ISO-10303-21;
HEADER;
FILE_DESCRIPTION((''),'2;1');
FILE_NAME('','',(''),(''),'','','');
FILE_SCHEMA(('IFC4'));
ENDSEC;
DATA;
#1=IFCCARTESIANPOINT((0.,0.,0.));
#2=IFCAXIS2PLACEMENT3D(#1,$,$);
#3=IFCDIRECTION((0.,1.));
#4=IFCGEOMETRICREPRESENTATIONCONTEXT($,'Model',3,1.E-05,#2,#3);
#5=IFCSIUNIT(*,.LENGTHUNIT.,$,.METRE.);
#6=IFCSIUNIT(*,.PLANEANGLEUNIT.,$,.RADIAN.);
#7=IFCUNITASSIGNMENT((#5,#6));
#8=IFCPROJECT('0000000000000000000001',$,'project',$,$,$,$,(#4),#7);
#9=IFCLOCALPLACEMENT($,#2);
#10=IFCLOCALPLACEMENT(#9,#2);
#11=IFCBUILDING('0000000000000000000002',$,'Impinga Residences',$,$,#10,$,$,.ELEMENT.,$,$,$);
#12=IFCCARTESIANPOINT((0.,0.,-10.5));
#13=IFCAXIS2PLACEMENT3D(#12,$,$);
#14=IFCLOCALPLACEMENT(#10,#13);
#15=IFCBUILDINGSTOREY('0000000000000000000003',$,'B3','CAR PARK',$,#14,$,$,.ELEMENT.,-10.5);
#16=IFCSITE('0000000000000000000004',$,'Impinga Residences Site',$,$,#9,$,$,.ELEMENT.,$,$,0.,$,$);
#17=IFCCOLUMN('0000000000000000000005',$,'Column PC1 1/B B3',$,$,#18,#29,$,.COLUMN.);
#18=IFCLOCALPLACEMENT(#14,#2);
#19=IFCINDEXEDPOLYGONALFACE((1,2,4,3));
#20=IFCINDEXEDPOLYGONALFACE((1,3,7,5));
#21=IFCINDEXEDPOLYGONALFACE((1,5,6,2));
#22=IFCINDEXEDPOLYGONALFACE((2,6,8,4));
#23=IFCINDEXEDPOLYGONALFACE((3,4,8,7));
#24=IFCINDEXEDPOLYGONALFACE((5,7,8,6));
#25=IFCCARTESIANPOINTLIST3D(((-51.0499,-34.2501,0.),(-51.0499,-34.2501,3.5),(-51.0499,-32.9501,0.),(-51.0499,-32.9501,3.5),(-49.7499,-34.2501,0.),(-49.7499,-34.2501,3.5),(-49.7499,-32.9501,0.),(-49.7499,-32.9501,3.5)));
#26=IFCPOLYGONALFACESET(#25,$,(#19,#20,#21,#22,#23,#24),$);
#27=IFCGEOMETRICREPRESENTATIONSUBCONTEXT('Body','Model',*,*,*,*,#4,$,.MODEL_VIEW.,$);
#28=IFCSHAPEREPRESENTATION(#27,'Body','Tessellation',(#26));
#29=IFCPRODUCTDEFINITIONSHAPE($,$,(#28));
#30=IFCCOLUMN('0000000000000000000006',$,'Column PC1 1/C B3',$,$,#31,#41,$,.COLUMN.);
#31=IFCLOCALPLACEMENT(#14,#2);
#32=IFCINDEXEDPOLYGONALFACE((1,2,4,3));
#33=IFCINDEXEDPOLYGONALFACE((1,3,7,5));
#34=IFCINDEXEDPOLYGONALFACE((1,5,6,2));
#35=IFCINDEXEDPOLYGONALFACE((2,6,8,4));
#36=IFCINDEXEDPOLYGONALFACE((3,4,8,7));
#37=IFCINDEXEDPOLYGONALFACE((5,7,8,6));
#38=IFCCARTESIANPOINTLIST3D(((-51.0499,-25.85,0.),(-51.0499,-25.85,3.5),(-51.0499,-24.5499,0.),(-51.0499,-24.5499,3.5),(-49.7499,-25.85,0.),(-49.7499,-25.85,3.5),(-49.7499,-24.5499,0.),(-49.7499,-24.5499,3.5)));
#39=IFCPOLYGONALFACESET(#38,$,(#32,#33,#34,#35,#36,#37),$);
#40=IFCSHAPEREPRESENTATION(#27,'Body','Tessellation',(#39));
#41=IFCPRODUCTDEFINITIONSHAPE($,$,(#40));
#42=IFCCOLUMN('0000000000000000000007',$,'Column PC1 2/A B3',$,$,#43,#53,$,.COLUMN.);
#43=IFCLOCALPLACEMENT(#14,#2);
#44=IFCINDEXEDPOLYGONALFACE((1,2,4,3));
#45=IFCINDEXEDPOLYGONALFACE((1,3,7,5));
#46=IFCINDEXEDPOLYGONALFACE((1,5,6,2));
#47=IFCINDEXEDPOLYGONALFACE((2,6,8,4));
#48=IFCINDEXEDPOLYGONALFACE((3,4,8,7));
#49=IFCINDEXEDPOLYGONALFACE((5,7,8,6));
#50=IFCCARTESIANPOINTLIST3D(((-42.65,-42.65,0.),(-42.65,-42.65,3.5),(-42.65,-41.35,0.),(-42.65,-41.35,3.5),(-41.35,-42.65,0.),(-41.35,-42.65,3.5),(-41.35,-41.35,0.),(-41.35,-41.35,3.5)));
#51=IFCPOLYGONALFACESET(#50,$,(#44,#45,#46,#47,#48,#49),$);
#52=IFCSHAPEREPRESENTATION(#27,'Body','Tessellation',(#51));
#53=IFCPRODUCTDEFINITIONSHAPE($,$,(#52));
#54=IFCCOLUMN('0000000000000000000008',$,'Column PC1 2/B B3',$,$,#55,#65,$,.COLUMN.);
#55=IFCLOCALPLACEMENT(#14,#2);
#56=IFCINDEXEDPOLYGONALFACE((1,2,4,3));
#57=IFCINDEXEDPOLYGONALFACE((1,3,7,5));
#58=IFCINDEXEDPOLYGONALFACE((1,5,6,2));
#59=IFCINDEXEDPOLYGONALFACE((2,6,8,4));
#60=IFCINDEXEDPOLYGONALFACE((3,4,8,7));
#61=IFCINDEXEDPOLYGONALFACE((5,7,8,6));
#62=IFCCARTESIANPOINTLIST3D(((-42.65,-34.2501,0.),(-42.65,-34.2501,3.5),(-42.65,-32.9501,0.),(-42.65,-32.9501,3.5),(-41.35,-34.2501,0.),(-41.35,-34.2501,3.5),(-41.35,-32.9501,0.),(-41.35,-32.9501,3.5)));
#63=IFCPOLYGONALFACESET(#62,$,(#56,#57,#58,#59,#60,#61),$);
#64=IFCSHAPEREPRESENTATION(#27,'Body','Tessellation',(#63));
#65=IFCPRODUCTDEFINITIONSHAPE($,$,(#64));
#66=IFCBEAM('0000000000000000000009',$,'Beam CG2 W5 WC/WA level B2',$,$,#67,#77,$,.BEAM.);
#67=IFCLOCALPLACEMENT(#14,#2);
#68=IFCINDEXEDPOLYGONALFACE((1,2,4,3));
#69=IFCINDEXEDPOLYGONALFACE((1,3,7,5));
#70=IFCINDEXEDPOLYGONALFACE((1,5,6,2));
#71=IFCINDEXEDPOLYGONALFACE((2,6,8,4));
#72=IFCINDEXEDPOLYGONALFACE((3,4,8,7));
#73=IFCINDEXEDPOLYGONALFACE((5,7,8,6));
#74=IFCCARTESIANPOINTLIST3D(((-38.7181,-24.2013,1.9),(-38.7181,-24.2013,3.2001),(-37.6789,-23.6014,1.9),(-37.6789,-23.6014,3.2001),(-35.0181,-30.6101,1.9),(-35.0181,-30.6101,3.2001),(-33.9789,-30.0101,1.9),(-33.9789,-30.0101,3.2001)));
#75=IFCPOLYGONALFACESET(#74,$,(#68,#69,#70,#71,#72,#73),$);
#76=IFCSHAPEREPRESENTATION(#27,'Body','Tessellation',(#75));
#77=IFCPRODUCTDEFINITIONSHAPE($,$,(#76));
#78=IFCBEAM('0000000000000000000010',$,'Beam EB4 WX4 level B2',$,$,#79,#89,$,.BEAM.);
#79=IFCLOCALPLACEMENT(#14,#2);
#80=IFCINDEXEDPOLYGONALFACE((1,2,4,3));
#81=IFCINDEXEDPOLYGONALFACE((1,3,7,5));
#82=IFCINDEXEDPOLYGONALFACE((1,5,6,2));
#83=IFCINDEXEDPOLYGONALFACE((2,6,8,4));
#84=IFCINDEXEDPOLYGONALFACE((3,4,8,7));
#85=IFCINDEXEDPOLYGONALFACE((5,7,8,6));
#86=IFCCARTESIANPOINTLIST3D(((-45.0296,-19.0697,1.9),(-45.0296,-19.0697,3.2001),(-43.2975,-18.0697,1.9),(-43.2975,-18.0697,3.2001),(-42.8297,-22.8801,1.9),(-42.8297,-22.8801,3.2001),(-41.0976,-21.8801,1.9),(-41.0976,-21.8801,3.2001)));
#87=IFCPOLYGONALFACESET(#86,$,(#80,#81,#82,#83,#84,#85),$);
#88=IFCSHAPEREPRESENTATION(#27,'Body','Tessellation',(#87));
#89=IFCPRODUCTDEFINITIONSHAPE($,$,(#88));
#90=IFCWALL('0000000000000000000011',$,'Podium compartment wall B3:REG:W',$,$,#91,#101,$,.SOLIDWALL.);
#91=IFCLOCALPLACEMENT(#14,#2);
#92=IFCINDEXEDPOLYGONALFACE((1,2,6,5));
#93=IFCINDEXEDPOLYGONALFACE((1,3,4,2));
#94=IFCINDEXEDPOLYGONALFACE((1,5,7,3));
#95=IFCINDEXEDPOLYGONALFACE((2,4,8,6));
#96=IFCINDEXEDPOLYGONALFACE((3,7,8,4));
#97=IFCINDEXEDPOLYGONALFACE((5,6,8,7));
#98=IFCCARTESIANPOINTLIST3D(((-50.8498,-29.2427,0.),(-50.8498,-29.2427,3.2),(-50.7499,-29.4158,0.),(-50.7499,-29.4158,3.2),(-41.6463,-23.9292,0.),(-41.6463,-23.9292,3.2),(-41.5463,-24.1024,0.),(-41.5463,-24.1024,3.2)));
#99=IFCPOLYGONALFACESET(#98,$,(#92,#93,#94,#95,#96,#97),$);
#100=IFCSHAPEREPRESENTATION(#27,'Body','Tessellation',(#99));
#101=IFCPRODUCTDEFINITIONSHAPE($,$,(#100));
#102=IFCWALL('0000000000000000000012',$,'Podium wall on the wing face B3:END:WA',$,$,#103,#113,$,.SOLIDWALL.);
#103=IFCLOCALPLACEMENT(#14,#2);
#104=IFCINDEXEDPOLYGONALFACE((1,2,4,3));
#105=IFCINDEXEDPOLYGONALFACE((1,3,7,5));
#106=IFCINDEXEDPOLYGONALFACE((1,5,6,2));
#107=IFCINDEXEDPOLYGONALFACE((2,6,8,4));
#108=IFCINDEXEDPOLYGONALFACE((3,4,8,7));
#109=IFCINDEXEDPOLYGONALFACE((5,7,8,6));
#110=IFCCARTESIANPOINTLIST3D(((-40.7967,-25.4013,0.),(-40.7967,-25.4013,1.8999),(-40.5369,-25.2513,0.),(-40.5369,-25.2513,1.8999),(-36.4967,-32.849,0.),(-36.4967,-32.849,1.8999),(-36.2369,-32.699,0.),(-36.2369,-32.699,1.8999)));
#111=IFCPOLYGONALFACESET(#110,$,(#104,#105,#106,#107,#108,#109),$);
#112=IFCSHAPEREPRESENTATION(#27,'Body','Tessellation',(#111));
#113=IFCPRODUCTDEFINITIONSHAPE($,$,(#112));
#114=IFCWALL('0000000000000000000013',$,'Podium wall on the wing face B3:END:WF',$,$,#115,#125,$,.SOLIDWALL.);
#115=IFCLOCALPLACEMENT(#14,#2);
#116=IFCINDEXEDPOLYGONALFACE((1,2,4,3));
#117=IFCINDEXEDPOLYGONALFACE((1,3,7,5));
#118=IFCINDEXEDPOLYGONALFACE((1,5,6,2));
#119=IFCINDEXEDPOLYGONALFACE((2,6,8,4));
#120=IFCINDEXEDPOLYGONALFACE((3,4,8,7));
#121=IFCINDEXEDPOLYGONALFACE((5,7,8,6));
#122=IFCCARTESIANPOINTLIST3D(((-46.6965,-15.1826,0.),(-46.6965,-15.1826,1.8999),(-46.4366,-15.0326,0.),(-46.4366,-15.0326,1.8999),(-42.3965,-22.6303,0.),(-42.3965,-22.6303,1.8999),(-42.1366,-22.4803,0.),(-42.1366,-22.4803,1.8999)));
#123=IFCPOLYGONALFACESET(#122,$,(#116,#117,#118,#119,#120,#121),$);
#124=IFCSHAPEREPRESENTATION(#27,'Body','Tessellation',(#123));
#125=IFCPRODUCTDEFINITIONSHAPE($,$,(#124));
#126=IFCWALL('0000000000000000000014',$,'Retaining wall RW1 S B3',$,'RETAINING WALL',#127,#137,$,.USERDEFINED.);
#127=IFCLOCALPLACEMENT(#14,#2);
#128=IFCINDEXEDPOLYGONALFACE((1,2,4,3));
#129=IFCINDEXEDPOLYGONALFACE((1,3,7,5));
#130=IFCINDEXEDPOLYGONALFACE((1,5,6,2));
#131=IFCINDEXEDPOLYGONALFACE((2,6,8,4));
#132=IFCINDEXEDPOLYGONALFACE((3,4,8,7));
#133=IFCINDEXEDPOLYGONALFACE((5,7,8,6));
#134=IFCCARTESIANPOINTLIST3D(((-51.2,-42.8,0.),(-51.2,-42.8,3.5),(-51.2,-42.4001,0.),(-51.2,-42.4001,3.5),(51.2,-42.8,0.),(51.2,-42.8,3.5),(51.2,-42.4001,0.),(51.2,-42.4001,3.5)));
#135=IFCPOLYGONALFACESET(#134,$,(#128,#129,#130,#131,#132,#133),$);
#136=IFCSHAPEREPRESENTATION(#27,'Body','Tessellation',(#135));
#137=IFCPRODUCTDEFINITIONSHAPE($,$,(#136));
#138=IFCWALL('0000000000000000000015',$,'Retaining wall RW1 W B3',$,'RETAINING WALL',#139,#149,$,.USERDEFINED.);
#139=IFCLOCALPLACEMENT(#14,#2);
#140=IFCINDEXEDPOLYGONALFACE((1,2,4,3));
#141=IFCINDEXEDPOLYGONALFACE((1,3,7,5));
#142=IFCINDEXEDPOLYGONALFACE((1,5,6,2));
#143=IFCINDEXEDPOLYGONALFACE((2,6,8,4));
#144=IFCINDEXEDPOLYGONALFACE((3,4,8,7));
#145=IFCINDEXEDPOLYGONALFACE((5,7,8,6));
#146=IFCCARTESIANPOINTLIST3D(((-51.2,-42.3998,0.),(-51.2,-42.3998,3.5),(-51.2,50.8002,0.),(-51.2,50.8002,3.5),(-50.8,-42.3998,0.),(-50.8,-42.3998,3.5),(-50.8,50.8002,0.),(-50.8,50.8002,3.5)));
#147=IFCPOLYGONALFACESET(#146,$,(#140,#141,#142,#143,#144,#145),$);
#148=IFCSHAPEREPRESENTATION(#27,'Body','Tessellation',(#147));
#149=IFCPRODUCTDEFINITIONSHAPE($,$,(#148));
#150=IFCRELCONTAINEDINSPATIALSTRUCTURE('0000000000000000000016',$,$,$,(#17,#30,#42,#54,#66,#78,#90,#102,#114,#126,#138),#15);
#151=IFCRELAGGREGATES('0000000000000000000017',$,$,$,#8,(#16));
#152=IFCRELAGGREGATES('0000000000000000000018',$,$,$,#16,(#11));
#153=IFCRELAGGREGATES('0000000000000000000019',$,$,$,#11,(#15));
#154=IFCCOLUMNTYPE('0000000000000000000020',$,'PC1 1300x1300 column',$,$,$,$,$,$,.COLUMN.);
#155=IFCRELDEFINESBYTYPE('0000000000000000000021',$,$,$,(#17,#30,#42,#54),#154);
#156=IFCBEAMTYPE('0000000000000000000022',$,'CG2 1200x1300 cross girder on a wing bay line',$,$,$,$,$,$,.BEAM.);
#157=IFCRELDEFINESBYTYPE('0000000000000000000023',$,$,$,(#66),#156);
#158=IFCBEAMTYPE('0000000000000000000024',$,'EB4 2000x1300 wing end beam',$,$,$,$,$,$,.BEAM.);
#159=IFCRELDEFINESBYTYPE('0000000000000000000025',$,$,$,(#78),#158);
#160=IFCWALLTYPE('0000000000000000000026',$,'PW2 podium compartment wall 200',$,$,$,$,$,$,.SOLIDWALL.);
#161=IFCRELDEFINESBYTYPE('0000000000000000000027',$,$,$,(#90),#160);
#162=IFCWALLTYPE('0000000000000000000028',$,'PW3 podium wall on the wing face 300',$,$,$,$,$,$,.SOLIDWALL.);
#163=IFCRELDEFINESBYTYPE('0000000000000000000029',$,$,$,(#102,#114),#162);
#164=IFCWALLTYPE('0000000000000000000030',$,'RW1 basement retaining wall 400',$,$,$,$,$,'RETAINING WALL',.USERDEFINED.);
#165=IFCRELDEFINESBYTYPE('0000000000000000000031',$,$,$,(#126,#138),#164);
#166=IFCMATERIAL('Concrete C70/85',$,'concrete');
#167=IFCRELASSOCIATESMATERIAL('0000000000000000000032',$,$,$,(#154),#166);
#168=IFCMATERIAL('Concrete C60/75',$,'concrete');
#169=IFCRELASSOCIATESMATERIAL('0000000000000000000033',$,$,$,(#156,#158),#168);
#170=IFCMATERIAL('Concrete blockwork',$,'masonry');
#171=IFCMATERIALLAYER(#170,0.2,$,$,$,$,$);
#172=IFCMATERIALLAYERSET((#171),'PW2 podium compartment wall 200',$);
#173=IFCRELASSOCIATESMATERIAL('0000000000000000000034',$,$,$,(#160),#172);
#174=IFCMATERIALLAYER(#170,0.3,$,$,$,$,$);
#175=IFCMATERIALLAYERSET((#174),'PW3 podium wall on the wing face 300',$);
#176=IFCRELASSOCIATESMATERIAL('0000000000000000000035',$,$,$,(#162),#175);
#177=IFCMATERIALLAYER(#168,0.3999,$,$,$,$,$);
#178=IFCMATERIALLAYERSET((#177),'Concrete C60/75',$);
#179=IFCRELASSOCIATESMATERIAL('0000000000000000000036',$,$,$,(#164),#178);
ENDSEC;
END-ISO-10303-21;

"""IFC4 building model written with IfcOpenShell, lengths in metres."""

from ifc_helpers import new_model, si_unit, direction, frame, frame_2d, origin, origin_2d, place, context, subcontext, project, spatial, rectangle, extrude, material, layer, layer_set, material_profile, profile_set, type_object, element, save


model = new_model("IFC4")

# Units and contexts
model_context = context("Model", 3, precision=1e-05, world=origin(), true_north=direction((0.0, 1.0)))
body_context = subcontext(model_context, "Body", "Model", "MODEL_VIEW")
ifc_project = project(units=[si_unit("LENGTHUNIT", "METRE"), si_unit("PLANEANGLEUNIT", "RADIAN")], contexts=[model_context])

# Site, building, storey
site_placement = place(None, origin())
site = spatial("IfcSite", under=ifc_project, at=site_placement, Name="Impinga Residences Site", CompositionType="ELEMENT", RefElevation=0.0)
building_placement = place(site_placement, origin())
building = spatial("IfcBuilding", under=site, at=building_placement, Name="Impinga Residences", CompositionType="ELEMENT")
storey_placement = place(building_placement, frame((0.0, 0.0, -10.5)))
storey = spatial("IfcBuildingStorey", under=building, at=storey_placement, Name="B3", Description="CAR PARK", CompositionType="ELEMENT", Elevation=-10.5)

# Columns
ifc_material_1 = material(Name="Concrete C70/85", Category="concrete")
ifc_material_profile_1 = material_profile(ifc_material_1, rectangle(XDim=1.3, YDim=1.3, at=origin_2d()), Name="RC 1300x1300")
ifc_profile_set_1 = profile_set([ifc_material_profile_1], Name="Concrete C70/85")
column_type = type_object("IfcColumnType", Name="PC1 1300x1300 column", PredefinedType="COLUMN", material=ifc_profile_set_1)
for number, where, z_axis, x_axis, name in (
    (1, (-50.3999, -33.6001, 0.0), (0.0, 0.0, 1.0), (1.0, 0.0, 0.0), "Column PC1 1/B B3"),
    (2, (-50.3999, -25.2, 0.0), (0.0, 0.0, 1.0), (1.0, 0.0, 0.0), "Column PC1 1/C B3"),
    (3, (-42.0, -42.0, 0.0), (0.0, 0.0, 1.0), (1.0, 0.0, 0.0), "Column PC1 2/A B3"),
    (4, (-42.0, -33.6001, 0.0), (0.0, 0.0, 1.0), (1.0, 0.0, 0.0), "Column PC1 2/B B3"),
):
    element("IfcColumn", number, at=place(storey_placement, frame(where, z_axis=z_axis, x_axis=x_axis)), inside=storey, type_object=column_type, Name=name, PredefinedType="COLUMN", context=body_context, shape_type="SweptSolid", body=[
        extrude(rectangle(XDim=1.3, YDim=1.3, at=origin_2d()), origin(), (0.0, 0.0, 1.0), 3.5),
    ])

# Beams
ifc_material_2 = material(Name="Concrete C60/75", Category="concrete")
ifc_material_profile_2 = material_profile(ifc_material_2, rectangle(XDim=1.2, YDim=1.3, at=origin_2d()), Name="RC 1200x1300")
ifc_profile_set_2 = profile_set([ifc_material_profile_2], Name="Concrete C60/75")
beam_type_1 = type_object("IfcBeamType", Name="CG2 1200x1300 cross girder on a wing bay line", PredefinedType="BEAM", material=ifc_profile_set_2)
beam_1_placement = place(storey_placement, frame((-38.1985, -23.9014, 2.55), z_axis=(0.499989, -0.866032, 0.0), x_axis=(0.866032, 0.499989, 0.0)))
element("IfcBeam", 5, at=beam_1_placement, inside=storey, type_object=beam_type_1, Name="Beam CG2 W5 WC/WA level B2", PredefinedType="BEAM", context=body_context, shape_type="SweptSolid", body=[
    extrude(rectangle(XDim=1.2, YDim=1.3, at=origin_2d()), origin(), (0.0, 0.0, 1.0), 7.4001),
])
ifc_material_profile_3 = material_profile(ifc_material_2, rectangle(XDim=2.0, YDim=1.3, at=origin_2d()), Name="RC 2000x1300")
ifc_profile_set_3 = profile_set([ifc_material_profile_3], Name="Concrete C60/75")
beam_type_2 = type_object("IfcBeamType", Name="EB4 2000x1300 wing end beam", PredefinedType="BEAM", material=ifc_profile_set_3)
beam_2_placement = place(storey_placement, frame((-41.9636, -22.3801, 2.55), z_axis=(-0.499988, 0.866032, 0.0), x_axis=(-0.866032, -0.499988, 0.0)))
element("IfcBeam", 6, at=beam_2_placement, inside=storey, type_object=beam_type_2, Name="Beam EB4 WX4 level B2", PredefinedType="BEAM", context=body_context, shape_type="SweptSolid", body=[
    extrude(rectangle(XDim=2.0, YDim=1.3, at=origin_2d()), origin(), (0.0, 0.0, 1.0), 4.3999),
])

# Walls
ifc_material_3 = material(Name="Concrete blockwork", Category="masonry")
ifc_layer_1 = layer(ifc_material_3, 0.2)
ifc_layer_set_1 = layer_set([ifc_layer_1], Name="PW2 podium compartment wall 200")
wall_type_1 = type_object("IfcWallType", Name="PW2 podium compartment wall 200", PredefinedType="SOLIDWALL", material=ifc_layer_set_1)
wall_1_placement = place(storey_placement, frame((-41.5964, -24.0159, 0.0), z_axis=(0.0, 0.0, 1.0), x_axis=(-0.866035, -0.499984, 0.0)))
element("IfcWall", 7, at=wall_1_placement, inside=storey, type_object=wall_type_1, Name="Podium compartment wall B3:REG:W", PredefinedType="SOLIDWALL", context=body_context, shape_type="SweptSolid", body=[
    extrude(rectangle(XDim=10.6272, YDim=0.2, at=frame_2d((5.3135, 0.0))), origin(), (0.0, 0.0, 1.0), 3.2),
])
ifc_layer_2 = layer(ifc_material_3, 0.3)
ifc_layer_set_2 = layer_set([ifc_layer_2], Name="PW3 podium wall on the wing face 300")
wall_type_2 = type_object("IfcWallType", Name="PW3 podium wall on the wing face 300", PredefinedType="SOLIDWALL", material=ifc_layer_set_2)
for number, where, z_axis, x_axis, name in (
    (8, (-40.6667, -25.3264, 0.0), (0.0, 0.0, 1.0), (0.500008, -0.866021, 0.0), "Podium wall on the wing face B3:END:WA"),
    (9, (-42.2666, -22.5552, 0.0), (0.0, 0.0, 1.0), (-0.500008, 0.866021, 0.0), "Podium wall on the wing face B3:END:WF"),
):
    element("IfcWall", number, at=place(storey_placement, frame(where, z_axis=z_axis, x_axis=x_axis)), inside=storey, type_object=wall_type_2, Name=name, PredefinedType="SOLIDWALL", context=body_context, shape_type="SweptSolid", body=[
        extrude(rectangle(XDim=8.5999, YDim=0.3, at=frame_2d((4.2998, 0.0))), origin(), (0.0, 0.0, 1.0), 1.8999),
    ])
ifc_layer_3 = layer(ifc_material_2, 0.3999)
ifc_layer_set_3 = layer_set([ifc_layer_3], Name="Concrete C60/75")
wall_type_3 = type_object("IfcWallType", Name="RW1 basement retaining wall 400", ElementType="RETAINING WALL", PredefinedType="USERDEFINED", material=ifc_layer_set_3)
wall_2_placement = place(storey_placement, frame((-51.2, -42.6001, 0.0), z_axis=(0.0, 0.0, 1.0), x_axis=(1.0, 0.0, 0.0)))
element("IfcWall", 10, at=wall_2_placement, inside=storey, type_object=wall_type_3, Name="Retaining wall RW1 S B3", ObjectType="RETAINING WALL", PredefinedType="USERDEFINED", context=body_context, shape_type="SweptSolid", body=[
    extrude(rectangle(XDim=102.3999, YDim=0.3999, at=frame_2d((51.2, 0.0))), origin(), (0.0, 0.0, 1.0), 3.5),
])
wall_3_placement = place(storey_placement, frame((-51.0, -42.3999, 0.0), z_axis=(0.0, 0.0, 1.0), x_axis=(0.0, 1.0, 0.0)))
element("IfcWall", 11, at=wall_3_placement, inside=storey, type_object=wall_type_3, Name="Retaining wall RW1 W B3", ObjectType="RETAINING WALL", PredefinedType="USERDEFINED", context=body_context, shape_type="SweptSolid", body=[
    extrude(rectangle(XDim=93.2, YDim=0.3999, at=frame_2d((46.6001, 0.0))), origin(), (0.0, 0.0, 1.0), 3.5),
])

save(model, "model.ifc")
